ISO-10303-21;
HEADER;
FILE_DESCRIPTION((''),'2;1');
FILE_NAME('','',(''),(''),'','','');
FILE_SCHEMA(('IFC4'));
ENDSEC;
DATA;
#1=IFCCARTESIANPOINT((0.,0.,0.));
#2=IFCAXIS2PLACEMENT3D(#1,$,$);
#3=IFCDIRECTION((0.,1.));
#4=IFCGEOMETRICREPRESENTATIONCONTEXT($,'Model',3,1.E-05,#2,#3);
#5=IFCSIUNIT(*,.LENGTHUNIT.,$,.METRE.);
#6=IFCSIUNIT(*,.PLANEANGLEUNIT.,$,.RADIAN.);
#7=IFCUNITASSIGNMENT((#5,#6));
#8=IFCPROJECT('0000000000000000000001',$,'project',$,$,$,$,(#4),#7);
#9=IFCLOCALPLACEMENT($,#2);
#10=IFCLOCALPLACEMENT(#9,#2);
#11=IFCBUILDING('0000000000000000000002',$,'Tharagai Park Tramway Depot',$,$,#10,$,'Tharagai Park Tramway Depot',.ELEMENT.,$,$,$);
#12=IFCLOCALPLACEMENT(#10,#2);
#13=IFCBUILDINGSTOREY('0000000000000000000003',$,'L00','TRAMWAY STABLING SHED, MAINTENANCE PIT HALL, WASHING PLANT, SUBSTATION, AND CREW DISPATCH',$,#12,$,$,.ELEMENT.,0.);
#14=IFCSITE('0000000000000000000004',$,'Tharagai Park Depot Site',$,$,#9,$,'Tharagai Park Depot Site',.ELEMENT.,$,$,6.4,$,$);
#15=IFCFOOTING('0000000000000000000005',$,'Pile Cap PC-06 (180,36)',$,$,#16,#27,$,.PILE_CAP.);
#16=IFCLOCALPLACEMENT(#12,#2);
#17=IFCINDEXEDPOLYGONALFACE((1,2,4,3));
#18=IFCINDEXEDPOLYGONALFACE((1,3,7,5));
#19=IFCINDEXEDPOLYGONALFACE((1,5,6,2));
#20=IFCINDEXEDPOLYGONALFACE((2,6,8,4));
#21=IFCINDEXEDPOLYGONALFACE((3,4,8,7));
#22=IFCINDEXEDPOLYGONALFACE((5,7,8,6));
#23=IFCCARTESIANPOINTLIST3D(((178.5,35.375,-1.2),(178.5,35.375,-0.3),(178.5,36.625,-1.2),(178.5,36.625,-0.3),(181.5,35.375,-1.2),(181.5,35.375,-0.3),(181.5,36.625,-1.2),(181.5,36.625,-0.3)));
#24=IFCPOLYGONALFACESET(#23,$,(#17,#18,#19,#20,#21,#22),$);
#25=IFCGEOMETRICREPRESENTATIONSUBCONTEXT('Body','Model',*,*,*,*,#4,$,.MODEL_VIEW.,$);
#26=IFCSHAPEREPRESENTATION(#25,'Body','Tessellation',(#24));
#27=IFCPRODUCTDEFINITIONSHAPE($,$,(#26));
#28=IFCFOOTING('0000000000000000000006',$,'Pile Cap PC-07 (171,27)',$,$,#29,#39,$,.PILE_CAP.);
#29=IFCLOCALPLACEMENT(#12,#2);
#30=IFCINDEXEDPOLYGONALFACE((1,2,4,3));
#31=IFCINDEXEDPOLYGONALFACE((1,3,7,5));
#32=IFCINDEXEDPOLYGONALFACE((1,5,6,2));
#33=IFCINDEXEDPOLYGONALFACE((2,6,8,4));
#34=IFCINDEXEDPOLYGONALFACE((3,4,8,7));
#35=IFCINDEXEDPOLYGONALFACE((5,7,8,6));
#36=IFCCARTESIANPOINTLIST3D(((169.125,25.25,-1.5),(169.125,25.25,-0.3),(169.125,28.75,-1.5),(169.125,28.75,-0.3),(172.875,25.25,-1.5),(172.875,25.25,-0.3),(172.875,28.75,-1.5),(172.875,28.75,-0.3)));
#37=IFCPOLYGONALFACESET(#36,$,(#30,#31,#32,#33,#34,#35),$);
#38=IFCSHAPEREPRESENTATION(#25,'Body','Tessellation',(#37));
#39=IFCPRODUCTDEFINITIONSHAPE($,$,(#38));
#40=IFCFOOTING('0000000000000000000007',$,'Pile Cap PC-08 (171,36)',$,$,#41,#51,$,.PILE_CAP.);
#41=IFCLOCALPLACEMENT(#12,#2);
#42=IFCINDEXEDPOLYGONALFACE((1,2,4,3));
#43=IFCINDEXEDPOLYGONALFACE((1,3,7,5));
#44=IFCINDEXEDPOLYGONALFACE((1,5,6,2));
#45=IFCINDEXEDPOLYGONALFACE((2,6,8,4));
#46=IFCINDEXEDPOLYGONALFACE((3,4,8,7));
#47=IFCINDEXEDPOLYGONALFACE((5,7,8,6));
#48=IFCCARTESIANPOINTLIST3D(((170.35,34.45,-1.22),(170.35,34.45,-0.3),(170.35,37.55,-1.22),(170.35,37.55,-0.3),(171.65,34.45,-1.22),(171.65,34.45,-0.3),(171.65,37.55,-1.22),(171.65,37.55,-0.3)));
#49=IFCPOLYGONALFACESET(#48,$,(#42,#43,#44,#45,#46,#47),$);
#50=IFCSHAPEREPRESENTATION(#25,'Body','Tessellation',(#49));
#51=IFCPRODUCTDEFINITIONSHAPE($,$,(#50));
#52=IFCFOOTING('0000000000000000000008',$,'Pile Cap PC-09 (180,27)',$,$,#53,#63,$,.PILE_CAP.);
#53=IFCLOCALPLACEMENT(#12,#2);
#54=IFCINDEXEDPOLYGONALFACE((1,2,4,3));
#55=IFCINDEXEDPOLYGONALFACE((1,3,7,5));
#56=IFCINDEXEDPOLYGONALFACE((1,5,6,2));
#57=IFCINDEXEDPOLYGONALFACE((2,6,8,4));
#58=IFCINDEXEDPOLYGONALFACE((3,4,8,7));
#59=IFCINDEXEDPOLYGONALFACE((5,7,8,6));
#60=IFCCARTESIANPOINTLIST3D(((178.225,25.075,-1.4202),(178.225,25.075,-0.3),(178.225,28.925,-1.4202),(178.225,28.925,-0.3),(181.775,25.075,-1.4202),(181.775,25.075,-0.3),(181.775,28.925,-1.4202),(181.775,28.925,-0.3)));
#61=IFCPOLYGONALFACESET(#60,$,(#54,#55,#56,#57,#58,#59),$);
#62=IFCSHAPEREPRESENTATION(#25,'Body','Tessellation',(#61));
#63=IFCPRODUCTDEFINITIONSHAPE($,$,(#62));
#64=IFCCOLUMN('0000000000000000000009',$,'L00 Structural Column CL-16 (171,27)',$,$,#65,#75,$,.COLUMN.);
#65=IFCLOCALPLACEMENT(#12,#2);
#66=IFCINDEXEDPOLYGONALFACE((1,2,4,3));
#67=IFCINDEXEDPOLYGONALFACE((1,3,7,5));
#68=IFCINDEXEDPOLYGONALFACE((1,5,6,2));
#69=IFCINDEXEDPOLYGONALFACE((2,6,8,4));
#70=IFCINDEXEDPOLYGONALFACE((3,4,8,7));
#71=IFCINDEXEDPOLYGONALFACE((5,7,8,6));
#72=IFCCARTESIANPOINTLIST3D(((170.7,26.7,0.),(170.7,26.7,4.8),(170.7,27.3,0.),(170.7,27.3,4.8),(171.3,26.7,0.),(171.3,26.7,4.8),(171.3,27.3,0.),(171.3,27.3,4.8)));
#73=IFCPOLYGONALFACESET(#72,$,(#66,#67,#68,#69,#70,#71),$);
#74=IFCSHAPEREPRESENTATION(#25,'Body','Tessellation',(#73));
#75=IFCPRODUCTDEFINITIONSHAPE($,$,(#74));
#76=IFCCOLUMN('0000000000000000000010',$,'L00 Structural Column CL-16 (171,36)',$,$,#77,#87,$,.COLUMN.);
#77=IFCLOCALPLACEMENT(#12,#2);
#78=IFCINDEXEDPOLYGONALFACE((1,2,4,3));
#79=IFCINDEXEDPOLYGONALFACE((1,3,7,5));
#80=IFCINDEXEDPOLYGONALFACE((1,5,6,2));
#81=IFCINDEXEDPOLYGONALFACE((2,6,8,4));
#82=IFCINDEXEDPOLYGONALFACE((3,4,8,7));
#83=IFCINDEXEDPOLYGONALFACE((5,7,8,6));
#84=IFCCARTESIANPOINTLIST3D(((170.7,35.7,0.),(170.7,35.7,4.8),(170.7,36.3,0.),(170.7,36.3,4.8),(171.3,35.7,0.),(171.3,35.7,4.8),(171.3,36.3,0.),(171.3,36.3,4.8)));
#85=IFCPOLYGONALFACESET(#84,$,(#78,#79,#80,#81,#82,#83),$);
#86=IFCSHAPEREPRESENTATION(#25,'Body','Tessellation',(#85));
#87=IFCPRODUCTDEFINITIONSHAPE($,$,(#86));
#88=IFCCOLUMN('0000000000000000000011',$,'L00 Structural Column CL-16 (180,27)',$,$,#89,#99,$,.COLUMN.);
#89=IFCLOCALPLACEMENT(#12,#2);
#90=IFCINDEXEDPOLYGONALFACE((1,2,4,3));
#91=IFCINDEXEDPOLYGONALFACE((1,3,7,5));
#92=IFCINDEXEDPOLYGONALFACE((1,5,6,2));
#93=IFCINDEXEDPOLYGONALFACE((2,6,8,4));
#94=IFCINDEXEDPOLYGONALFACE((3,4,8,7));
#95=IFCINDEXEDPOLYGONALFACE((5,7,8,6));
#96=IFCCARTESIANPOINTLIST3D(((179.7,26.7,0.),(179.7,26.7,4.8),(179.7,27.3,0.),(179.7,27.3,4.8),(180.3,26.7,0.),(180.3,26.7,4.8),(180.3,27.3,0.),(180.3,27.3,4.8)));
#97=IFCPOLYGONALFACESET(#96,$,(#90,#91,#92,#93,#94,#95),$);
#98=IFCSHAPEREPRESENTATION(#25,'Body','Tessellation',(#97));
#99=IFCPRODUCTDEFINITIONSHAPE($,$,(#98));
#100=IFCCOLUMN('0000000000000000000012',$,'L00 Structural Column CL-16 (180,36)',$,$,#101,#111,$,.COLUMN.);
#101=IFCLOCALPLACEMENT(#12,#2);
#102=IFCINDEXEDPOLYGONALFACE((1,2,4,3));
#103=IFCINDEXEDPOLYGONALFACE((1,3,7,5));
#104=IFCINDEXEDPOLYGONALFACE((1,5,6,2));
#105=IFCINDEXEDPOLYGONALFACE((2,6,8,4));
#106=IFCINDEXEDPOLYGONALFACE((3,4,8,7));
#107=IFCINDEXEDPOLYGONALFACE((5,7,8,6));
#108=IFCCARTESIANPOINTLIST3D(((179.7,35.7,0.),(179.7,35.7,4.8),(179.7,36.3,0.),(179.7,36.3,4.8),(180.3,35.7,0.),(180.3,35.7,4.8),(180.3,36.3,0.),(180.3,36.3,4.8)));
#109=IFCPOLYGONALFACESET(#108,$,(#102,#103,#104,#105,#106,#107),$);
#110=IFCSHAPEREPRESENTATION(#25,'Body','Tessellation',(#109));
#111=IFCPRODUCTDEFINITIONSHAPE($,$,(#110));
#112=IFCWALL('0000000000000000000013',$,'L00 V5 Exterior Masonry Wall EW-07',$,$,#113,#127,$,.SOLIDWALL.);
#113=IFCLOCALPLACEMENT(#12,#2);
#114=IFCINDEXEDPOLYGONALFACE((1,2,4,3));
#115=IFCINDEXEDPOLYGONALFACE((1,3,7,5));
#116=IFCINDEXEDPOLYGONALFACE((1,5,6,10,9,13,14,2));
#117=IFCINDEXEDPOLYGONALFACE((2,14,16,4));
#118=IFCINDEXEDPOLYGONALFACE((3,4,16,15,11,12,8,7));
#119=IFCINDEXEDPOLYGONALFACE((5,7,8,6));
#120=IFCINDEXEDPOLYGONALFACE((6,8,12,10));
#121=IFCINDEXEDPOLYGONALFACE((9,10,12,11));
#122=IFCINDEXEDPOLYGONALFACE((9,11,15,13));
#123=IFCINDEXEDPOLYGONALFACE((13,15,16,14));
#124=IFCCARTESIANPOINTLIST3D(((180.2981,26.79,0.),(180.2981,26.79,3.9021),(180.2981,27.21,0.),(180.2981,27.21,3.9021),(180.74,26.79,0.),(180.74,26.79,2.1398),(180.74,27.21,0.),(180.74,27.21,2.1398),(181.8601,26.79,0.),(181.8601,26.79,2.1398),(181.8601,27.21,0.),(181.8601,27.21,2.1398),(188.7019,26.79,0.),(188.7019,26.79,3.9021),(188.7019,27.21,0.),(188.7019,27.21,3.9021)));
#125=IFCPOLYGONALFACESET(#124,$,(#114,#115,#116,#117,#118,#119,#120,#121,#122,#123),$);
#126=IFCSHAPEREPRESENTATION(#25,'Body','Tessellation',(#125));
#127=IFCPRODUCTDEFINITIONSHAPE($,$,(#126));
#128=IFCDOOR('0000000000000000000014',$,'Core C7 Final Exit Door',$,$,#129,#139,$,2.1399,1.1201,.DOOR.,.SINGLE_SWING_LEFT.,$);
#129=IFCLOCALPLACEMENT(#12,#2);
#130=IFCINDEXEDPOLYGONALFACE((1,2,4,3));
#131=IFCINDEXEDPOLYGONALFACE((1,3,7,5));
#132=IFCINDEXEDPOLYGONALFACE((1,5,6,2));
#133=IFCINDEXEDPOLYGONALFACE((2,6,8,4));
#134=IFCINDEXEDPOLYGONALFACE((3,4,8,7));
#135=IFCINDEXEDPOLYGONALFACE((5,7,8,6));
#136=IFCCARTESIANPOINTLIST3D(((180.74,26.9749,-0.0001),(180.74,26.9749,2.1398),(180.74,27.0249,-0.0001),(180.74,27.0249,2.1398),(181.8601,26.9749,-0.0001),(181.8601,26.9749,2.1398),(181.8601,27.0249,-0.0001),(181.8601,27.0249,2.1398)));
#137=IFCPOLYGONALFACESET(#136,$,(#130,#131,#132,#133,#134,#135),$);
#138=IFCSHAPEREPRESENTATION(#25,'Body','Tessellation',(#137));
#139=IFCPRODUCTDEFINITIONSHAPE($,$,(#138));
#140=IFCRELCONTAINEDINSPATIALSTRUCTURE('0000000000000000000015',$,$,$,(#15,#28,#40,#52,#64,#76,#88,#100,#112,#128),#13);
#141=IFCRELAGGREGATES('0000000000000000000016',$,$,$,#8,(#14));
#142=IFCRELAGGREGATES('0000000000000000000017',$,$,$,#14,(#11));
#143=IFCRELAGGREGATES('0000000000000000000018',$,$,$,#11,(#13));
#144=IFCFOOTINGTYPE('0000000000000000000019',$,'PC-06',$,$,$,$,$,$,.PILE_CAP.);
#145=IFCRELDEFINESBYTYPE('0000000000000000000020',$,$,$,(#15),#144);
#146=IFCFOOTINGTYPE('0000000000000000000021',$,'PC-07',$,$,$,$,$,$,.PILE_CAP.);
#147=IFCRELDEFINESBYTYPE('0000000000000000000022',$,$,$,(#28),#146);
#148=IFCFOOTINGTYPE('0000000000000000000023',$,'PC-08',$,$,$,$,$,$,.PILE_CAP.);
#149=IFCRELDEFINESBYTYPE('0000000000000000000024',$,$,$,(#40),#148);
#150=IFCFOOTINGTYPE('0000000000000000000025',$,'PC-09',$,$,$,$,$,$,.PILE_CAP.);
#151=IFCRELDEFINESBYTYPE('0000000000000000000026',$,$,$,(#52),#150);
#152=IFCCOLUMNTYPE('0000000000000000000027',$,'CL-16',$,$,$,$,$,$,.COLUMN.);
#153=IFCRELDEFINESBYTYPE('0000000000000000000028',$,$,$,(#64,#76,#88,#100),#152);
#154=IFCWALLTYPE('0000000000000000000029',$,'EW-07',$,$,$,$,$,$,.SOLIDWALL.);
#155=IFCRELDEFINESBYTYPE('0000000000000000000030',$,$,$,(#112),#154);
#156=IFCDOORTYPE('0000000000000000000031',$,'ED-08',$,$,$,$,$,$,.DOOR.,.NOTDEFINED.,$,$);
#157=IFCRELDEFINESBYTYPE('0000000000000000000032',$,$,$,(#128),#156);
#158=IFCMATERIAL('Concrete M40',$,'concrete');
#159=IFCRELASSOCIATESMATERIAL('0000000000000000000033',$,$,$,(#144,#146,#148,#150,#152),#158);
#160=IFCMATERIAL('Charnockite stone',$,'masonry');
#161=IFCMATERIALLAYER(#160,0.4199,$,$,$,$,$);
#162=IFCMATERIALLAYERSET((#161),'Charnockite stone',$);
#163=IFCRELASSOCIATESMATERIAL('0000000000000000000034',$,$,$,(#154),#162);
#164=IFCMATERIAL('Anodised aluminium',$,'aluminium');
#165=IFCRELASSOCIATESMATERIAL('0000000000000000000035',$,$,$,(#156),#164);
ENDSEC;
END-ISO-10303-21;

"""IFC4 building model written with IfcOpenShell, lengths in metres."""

from ifc_helpers import new_model, si_unit, direction, frame, frame_2d, origin, origin_2d, place, context, subcontext, project, spatial, rectangle, extrude, material, layer, layer_set, material_profile, profile_set, type_object, element, fill, save


model = new_model("IFC4")

# Units and contexts
model_context = context("Model", 3, precision=1e-05, world=origin(), true_north=direction((0.0, 1.0)))
body_context = subcontext(model_context, "Body", "Model", "MODEL_VIEW")
ifc_project = project(units=[si_unit("LENGTHUNIT", "METRE"), si_unit("PLANEANGLEUNIT", "RADIAN")], contexts=[model_context])

# Site, building, storey
site_placement = place(None, origin())
site = spatial("IfcSite", under=ifc_project, at=site_placement, Name="Tharagai Park Depot Site", LongName="Tharagai Park Depot Site", CompositionType="ELEMENT", RefElevation=6.4)
building_placement = place(site_placement, origin())
building = spatial("IfcBuilding", under=site, at=building_placement, Name="Tharagai Park Tramway Depot", LongName="Tharagai Park Tramway Depot", CompositionType="ELEMENT")
storey_placement = place(building_placement, origin())
storey = spatial("IfcBuildingStorey", under=building, at=storey_placement, Name="L00", Description="TRAMWAY STABLING SHED, MAINTENANCE PIT HALL, WASHING PLANT, SUBSTATION, AND CREW DISPATCH", CompositionType="ELEMENT", Elevation=0.0)

# Shared definitions
ifc_material_1 = material(Name="Concrete M40", Category="concrete")

# Footings
footing_type_1 = type_object("IfcFootingType", Name="PC-06", PredefinedType="PILE_CAP", material=ifc_material_1)
footing_1_placement = place(storey_placement, frame((180.0, 36.0, -1.2), z_axis=(0.0, 0.0, 1.0), x_axis=(1.0, 0.0, 0.0)))
element("IfcFooting", 1, at=footing_1_placement, inside=storey, type_object=footing_type_1, Name="Pile Cap PC-06 (180,36)", PredefinedType="PILE_CAP", context=body_context, shape_type="SweptSolid", body=[
    extrude(rectangle(XDim=3.0, YDim=1.25, at=origin_2d()), origin(), (0.0, 0.0, 1.0), 0.8999),
])
footing_type_2 = type_object("IfcFootingType", Name="PC-07", PredefinedType="PILE_CAP", material=ifc_material_1)
footing_2_placement = place(storey_placement, frame((171.0, 27.0, -1.5), z_axis=(0.0, 0.0, 1.0), x_axis=(1.0, 0.0, 0.0)))
element("IfcFooting", 2, at=footing_2_placement, inside=storey, type_object=footing_type_2, Name="Pile Cap PC-07 (171,27)", PredefinedType="PILE_CAP", context=body_context, shape_type="SweptSolid", body=[
    extrude(rectangle(XDim=3.75, YDim=3.5, at=origin_2d()), origin(), (0.0, 0.0, 1.0), 1.2),
])
footing_type_3 = type_object("IfcFootingType", Name="PC-08", PredefinedType="PILE_CAP", material=ifc_material_1)
footing_3_placement = place(storey_placement, frame((171.0, 36.0, -1.22), z_axis=(0.0, 0.0, 1.0), x_axis=(1.0, 0.0, 0.0)))
element("IfcFooting", 3, at=footing_3_placement, inside=storey, type_object=footing_type_3, Name="Pile Cap PC-08 (171,36)", PredefinedType="PILE_CAP", context=body_context, shape_type="SweptSolid", body=[
    extrude(rectangle(XDim=1.3, YDim=3.1001, at=origin_2d()), origin(), (0.0, 0.0, 1.0), 0.9199),
])
footing_type_4 = type_object("IfcFootingType", Name="PC-09", PredefinedType="PILE_CAP", material=ifc_material_1)
footing_4_placement = place(storey_placement, frame((180.0, 27.0, -1.4202), z_axis=(0.0, 0.0, 1.0), x_axis=(1.0, 0.0, 0.0)))
element("IfcFooting", 4, at=footing_4_placement, inside=storey, type_object=footing_type_4, Name="Pile Cap PC-09 (180,27)", PredefinedType="PILE_CAP", context=body_context, shape_type="SweptSolid", body=[
    extrude(rectangle(XDim=3.55, YDim=3.8501, at=origin_2d()), origin(), (0.0, 0.0, 1.0), 1.1201),
])

# Columns
ifc_material_profile_1 = material_profile(ifc_material_1, rectangle(XDim=0.6001, YDim=0.6001, at=origin_2d()), Name="RC 600x600")
ifc_profile_set_1 = profile_set([ifc_material_profile_1], Name="Concrete M40")
column_type = type_object("IfcColumnType", Name="CL-16", PredefinedType="COLUMN", material=ifc_profile_set_1)
for number, where, z_axis, x_axis, name in (
    (5, (171.0, 27.0, 0.0), (0.0, 0.0, 1.0), (1.0, 0.0, 0.0), "L00 Structural Column CL-16 (171,27)"),
    (6, (171.0, 36.0, 0.0), (0.0, 0.0, 1.0), (1.0, 0.0, 0.0), "L00 Structural Column CL-16 (171,36)"),
    (7, (180.0, 27.0, 0.0), (0.0, 0.0, 1.0), (1.0, 0.0, 0.0), "L00 Structural Column CL-16 (180,27)"),
    (8, (180.0, 36.0, 0.0), (0.0, 0.0, 1.0), (1.0, 0.0, 0.0), "L00 Structural Column CL-16 (180,36)"),
):
    element("IfcColumn", number, at=place(storey_placement, frame(where, z_axis=z_axis, x_axis=x_axis)), inside=storey, type_object=column_type, Name=name, PredefinedType="COLUMN", context=body_context, shape_type="SweptSolid", body=[
        extrude(rectangle(XDim=0.6001, YDim=0.6001, at=origin_2d()), origin(), (0.0, 0.0, 1.0), 4.8),
    ])

# Wall, opening, door
ifc_material_2 = material(Name="Charnockite stone", Category="masonry")
ifc_layer_1 = layer(ifc_material_2, 0.4199)
ifc_layer_set_1 = layer_set([ifc_layer_1], Name="Charnockite stone")
wall_type_1 = type_object("IfcWallType", Name="EW-07", PredefinedType="SOLIDWALL", material=ifc_layer_set_1)
wall_1_placement = place(storey_placement, frame((180.2981, 27.0, 0.0), z_axis=(0.0, 0.0, 1.0), x_axis=(1.0, 0.0, 0.0)))
wall_1 = element("IfcWall", 9, at=wall_1_placement, inside=storey, type_object=wall_type_1, Name="L00 V5 Exterior Masonry Wall EW-07", PredefinedType="SOLIDWALL", context=body_context, shape_type="SweptSolid", body=[
    extrude(rectangle(XDim=8.4038, YDim=0.4199, at=frame_2d((4.2019, 0.0))), origin(), (0.0, 0.0, 1.0), 3.9021),
])
opening_1_placement = place(wall_1_placement, frame((0.4419, 0.0, 0.0)))
opening_1 = element("IfcOpeningElement", 10, at=opening_1_placement, cuts=wall_1, PredefinedType="OPENING", context=body_context, shape_type="SweptSolid", body=[
    extrude(rectangle(XDim=1.1201, YDim=2.1399, at=frame_2d((0.5601, 1.0698))), frame((0.0, 0.22, 0.0), z_axis=(0.0, -1.0, 0.0), x_axis=(1.0, 0.0, 0.0)), (0.0, 0.0, 1.0), 0.4399),
])
ifc_material_3 = material(Name="Anodised aluminium", Category="aluminium")
door_type_1 = type_object("IfcDoorType", Name="ED-08", OperationType="NOTDEFINED", PredefinedType="DOOR", material=ifc_material_3)
door_1_placement = place(opening_1_placement, origin())
door_1 = element("IfcDoor", 11, at=door_1_placement, inside=storey, type_object=door_type_1, Name="Core C7 Final Exit Door", OperationType="SINGLE_SWING_LEFT", OverallHeight=2.1399, OverallWidth=1.1201, PredefinedType="DOOR", context=body_context, shape_type="SweptSolid", body=[
    extrude(rectangle(XDim=1.1201, YDim=2.1399, at=frame_2d((0.5601, 1.0698))), frame((0.0, 0.0249, 0.0), z_axis=(0.0, -1.0, 0.0), x_axis=(1.0, 0.0, 0.0)), (0.0, 0.0, 1.0), 0.05),
])
fill(opening_1, door_1)

save(model, "model.ifc")
